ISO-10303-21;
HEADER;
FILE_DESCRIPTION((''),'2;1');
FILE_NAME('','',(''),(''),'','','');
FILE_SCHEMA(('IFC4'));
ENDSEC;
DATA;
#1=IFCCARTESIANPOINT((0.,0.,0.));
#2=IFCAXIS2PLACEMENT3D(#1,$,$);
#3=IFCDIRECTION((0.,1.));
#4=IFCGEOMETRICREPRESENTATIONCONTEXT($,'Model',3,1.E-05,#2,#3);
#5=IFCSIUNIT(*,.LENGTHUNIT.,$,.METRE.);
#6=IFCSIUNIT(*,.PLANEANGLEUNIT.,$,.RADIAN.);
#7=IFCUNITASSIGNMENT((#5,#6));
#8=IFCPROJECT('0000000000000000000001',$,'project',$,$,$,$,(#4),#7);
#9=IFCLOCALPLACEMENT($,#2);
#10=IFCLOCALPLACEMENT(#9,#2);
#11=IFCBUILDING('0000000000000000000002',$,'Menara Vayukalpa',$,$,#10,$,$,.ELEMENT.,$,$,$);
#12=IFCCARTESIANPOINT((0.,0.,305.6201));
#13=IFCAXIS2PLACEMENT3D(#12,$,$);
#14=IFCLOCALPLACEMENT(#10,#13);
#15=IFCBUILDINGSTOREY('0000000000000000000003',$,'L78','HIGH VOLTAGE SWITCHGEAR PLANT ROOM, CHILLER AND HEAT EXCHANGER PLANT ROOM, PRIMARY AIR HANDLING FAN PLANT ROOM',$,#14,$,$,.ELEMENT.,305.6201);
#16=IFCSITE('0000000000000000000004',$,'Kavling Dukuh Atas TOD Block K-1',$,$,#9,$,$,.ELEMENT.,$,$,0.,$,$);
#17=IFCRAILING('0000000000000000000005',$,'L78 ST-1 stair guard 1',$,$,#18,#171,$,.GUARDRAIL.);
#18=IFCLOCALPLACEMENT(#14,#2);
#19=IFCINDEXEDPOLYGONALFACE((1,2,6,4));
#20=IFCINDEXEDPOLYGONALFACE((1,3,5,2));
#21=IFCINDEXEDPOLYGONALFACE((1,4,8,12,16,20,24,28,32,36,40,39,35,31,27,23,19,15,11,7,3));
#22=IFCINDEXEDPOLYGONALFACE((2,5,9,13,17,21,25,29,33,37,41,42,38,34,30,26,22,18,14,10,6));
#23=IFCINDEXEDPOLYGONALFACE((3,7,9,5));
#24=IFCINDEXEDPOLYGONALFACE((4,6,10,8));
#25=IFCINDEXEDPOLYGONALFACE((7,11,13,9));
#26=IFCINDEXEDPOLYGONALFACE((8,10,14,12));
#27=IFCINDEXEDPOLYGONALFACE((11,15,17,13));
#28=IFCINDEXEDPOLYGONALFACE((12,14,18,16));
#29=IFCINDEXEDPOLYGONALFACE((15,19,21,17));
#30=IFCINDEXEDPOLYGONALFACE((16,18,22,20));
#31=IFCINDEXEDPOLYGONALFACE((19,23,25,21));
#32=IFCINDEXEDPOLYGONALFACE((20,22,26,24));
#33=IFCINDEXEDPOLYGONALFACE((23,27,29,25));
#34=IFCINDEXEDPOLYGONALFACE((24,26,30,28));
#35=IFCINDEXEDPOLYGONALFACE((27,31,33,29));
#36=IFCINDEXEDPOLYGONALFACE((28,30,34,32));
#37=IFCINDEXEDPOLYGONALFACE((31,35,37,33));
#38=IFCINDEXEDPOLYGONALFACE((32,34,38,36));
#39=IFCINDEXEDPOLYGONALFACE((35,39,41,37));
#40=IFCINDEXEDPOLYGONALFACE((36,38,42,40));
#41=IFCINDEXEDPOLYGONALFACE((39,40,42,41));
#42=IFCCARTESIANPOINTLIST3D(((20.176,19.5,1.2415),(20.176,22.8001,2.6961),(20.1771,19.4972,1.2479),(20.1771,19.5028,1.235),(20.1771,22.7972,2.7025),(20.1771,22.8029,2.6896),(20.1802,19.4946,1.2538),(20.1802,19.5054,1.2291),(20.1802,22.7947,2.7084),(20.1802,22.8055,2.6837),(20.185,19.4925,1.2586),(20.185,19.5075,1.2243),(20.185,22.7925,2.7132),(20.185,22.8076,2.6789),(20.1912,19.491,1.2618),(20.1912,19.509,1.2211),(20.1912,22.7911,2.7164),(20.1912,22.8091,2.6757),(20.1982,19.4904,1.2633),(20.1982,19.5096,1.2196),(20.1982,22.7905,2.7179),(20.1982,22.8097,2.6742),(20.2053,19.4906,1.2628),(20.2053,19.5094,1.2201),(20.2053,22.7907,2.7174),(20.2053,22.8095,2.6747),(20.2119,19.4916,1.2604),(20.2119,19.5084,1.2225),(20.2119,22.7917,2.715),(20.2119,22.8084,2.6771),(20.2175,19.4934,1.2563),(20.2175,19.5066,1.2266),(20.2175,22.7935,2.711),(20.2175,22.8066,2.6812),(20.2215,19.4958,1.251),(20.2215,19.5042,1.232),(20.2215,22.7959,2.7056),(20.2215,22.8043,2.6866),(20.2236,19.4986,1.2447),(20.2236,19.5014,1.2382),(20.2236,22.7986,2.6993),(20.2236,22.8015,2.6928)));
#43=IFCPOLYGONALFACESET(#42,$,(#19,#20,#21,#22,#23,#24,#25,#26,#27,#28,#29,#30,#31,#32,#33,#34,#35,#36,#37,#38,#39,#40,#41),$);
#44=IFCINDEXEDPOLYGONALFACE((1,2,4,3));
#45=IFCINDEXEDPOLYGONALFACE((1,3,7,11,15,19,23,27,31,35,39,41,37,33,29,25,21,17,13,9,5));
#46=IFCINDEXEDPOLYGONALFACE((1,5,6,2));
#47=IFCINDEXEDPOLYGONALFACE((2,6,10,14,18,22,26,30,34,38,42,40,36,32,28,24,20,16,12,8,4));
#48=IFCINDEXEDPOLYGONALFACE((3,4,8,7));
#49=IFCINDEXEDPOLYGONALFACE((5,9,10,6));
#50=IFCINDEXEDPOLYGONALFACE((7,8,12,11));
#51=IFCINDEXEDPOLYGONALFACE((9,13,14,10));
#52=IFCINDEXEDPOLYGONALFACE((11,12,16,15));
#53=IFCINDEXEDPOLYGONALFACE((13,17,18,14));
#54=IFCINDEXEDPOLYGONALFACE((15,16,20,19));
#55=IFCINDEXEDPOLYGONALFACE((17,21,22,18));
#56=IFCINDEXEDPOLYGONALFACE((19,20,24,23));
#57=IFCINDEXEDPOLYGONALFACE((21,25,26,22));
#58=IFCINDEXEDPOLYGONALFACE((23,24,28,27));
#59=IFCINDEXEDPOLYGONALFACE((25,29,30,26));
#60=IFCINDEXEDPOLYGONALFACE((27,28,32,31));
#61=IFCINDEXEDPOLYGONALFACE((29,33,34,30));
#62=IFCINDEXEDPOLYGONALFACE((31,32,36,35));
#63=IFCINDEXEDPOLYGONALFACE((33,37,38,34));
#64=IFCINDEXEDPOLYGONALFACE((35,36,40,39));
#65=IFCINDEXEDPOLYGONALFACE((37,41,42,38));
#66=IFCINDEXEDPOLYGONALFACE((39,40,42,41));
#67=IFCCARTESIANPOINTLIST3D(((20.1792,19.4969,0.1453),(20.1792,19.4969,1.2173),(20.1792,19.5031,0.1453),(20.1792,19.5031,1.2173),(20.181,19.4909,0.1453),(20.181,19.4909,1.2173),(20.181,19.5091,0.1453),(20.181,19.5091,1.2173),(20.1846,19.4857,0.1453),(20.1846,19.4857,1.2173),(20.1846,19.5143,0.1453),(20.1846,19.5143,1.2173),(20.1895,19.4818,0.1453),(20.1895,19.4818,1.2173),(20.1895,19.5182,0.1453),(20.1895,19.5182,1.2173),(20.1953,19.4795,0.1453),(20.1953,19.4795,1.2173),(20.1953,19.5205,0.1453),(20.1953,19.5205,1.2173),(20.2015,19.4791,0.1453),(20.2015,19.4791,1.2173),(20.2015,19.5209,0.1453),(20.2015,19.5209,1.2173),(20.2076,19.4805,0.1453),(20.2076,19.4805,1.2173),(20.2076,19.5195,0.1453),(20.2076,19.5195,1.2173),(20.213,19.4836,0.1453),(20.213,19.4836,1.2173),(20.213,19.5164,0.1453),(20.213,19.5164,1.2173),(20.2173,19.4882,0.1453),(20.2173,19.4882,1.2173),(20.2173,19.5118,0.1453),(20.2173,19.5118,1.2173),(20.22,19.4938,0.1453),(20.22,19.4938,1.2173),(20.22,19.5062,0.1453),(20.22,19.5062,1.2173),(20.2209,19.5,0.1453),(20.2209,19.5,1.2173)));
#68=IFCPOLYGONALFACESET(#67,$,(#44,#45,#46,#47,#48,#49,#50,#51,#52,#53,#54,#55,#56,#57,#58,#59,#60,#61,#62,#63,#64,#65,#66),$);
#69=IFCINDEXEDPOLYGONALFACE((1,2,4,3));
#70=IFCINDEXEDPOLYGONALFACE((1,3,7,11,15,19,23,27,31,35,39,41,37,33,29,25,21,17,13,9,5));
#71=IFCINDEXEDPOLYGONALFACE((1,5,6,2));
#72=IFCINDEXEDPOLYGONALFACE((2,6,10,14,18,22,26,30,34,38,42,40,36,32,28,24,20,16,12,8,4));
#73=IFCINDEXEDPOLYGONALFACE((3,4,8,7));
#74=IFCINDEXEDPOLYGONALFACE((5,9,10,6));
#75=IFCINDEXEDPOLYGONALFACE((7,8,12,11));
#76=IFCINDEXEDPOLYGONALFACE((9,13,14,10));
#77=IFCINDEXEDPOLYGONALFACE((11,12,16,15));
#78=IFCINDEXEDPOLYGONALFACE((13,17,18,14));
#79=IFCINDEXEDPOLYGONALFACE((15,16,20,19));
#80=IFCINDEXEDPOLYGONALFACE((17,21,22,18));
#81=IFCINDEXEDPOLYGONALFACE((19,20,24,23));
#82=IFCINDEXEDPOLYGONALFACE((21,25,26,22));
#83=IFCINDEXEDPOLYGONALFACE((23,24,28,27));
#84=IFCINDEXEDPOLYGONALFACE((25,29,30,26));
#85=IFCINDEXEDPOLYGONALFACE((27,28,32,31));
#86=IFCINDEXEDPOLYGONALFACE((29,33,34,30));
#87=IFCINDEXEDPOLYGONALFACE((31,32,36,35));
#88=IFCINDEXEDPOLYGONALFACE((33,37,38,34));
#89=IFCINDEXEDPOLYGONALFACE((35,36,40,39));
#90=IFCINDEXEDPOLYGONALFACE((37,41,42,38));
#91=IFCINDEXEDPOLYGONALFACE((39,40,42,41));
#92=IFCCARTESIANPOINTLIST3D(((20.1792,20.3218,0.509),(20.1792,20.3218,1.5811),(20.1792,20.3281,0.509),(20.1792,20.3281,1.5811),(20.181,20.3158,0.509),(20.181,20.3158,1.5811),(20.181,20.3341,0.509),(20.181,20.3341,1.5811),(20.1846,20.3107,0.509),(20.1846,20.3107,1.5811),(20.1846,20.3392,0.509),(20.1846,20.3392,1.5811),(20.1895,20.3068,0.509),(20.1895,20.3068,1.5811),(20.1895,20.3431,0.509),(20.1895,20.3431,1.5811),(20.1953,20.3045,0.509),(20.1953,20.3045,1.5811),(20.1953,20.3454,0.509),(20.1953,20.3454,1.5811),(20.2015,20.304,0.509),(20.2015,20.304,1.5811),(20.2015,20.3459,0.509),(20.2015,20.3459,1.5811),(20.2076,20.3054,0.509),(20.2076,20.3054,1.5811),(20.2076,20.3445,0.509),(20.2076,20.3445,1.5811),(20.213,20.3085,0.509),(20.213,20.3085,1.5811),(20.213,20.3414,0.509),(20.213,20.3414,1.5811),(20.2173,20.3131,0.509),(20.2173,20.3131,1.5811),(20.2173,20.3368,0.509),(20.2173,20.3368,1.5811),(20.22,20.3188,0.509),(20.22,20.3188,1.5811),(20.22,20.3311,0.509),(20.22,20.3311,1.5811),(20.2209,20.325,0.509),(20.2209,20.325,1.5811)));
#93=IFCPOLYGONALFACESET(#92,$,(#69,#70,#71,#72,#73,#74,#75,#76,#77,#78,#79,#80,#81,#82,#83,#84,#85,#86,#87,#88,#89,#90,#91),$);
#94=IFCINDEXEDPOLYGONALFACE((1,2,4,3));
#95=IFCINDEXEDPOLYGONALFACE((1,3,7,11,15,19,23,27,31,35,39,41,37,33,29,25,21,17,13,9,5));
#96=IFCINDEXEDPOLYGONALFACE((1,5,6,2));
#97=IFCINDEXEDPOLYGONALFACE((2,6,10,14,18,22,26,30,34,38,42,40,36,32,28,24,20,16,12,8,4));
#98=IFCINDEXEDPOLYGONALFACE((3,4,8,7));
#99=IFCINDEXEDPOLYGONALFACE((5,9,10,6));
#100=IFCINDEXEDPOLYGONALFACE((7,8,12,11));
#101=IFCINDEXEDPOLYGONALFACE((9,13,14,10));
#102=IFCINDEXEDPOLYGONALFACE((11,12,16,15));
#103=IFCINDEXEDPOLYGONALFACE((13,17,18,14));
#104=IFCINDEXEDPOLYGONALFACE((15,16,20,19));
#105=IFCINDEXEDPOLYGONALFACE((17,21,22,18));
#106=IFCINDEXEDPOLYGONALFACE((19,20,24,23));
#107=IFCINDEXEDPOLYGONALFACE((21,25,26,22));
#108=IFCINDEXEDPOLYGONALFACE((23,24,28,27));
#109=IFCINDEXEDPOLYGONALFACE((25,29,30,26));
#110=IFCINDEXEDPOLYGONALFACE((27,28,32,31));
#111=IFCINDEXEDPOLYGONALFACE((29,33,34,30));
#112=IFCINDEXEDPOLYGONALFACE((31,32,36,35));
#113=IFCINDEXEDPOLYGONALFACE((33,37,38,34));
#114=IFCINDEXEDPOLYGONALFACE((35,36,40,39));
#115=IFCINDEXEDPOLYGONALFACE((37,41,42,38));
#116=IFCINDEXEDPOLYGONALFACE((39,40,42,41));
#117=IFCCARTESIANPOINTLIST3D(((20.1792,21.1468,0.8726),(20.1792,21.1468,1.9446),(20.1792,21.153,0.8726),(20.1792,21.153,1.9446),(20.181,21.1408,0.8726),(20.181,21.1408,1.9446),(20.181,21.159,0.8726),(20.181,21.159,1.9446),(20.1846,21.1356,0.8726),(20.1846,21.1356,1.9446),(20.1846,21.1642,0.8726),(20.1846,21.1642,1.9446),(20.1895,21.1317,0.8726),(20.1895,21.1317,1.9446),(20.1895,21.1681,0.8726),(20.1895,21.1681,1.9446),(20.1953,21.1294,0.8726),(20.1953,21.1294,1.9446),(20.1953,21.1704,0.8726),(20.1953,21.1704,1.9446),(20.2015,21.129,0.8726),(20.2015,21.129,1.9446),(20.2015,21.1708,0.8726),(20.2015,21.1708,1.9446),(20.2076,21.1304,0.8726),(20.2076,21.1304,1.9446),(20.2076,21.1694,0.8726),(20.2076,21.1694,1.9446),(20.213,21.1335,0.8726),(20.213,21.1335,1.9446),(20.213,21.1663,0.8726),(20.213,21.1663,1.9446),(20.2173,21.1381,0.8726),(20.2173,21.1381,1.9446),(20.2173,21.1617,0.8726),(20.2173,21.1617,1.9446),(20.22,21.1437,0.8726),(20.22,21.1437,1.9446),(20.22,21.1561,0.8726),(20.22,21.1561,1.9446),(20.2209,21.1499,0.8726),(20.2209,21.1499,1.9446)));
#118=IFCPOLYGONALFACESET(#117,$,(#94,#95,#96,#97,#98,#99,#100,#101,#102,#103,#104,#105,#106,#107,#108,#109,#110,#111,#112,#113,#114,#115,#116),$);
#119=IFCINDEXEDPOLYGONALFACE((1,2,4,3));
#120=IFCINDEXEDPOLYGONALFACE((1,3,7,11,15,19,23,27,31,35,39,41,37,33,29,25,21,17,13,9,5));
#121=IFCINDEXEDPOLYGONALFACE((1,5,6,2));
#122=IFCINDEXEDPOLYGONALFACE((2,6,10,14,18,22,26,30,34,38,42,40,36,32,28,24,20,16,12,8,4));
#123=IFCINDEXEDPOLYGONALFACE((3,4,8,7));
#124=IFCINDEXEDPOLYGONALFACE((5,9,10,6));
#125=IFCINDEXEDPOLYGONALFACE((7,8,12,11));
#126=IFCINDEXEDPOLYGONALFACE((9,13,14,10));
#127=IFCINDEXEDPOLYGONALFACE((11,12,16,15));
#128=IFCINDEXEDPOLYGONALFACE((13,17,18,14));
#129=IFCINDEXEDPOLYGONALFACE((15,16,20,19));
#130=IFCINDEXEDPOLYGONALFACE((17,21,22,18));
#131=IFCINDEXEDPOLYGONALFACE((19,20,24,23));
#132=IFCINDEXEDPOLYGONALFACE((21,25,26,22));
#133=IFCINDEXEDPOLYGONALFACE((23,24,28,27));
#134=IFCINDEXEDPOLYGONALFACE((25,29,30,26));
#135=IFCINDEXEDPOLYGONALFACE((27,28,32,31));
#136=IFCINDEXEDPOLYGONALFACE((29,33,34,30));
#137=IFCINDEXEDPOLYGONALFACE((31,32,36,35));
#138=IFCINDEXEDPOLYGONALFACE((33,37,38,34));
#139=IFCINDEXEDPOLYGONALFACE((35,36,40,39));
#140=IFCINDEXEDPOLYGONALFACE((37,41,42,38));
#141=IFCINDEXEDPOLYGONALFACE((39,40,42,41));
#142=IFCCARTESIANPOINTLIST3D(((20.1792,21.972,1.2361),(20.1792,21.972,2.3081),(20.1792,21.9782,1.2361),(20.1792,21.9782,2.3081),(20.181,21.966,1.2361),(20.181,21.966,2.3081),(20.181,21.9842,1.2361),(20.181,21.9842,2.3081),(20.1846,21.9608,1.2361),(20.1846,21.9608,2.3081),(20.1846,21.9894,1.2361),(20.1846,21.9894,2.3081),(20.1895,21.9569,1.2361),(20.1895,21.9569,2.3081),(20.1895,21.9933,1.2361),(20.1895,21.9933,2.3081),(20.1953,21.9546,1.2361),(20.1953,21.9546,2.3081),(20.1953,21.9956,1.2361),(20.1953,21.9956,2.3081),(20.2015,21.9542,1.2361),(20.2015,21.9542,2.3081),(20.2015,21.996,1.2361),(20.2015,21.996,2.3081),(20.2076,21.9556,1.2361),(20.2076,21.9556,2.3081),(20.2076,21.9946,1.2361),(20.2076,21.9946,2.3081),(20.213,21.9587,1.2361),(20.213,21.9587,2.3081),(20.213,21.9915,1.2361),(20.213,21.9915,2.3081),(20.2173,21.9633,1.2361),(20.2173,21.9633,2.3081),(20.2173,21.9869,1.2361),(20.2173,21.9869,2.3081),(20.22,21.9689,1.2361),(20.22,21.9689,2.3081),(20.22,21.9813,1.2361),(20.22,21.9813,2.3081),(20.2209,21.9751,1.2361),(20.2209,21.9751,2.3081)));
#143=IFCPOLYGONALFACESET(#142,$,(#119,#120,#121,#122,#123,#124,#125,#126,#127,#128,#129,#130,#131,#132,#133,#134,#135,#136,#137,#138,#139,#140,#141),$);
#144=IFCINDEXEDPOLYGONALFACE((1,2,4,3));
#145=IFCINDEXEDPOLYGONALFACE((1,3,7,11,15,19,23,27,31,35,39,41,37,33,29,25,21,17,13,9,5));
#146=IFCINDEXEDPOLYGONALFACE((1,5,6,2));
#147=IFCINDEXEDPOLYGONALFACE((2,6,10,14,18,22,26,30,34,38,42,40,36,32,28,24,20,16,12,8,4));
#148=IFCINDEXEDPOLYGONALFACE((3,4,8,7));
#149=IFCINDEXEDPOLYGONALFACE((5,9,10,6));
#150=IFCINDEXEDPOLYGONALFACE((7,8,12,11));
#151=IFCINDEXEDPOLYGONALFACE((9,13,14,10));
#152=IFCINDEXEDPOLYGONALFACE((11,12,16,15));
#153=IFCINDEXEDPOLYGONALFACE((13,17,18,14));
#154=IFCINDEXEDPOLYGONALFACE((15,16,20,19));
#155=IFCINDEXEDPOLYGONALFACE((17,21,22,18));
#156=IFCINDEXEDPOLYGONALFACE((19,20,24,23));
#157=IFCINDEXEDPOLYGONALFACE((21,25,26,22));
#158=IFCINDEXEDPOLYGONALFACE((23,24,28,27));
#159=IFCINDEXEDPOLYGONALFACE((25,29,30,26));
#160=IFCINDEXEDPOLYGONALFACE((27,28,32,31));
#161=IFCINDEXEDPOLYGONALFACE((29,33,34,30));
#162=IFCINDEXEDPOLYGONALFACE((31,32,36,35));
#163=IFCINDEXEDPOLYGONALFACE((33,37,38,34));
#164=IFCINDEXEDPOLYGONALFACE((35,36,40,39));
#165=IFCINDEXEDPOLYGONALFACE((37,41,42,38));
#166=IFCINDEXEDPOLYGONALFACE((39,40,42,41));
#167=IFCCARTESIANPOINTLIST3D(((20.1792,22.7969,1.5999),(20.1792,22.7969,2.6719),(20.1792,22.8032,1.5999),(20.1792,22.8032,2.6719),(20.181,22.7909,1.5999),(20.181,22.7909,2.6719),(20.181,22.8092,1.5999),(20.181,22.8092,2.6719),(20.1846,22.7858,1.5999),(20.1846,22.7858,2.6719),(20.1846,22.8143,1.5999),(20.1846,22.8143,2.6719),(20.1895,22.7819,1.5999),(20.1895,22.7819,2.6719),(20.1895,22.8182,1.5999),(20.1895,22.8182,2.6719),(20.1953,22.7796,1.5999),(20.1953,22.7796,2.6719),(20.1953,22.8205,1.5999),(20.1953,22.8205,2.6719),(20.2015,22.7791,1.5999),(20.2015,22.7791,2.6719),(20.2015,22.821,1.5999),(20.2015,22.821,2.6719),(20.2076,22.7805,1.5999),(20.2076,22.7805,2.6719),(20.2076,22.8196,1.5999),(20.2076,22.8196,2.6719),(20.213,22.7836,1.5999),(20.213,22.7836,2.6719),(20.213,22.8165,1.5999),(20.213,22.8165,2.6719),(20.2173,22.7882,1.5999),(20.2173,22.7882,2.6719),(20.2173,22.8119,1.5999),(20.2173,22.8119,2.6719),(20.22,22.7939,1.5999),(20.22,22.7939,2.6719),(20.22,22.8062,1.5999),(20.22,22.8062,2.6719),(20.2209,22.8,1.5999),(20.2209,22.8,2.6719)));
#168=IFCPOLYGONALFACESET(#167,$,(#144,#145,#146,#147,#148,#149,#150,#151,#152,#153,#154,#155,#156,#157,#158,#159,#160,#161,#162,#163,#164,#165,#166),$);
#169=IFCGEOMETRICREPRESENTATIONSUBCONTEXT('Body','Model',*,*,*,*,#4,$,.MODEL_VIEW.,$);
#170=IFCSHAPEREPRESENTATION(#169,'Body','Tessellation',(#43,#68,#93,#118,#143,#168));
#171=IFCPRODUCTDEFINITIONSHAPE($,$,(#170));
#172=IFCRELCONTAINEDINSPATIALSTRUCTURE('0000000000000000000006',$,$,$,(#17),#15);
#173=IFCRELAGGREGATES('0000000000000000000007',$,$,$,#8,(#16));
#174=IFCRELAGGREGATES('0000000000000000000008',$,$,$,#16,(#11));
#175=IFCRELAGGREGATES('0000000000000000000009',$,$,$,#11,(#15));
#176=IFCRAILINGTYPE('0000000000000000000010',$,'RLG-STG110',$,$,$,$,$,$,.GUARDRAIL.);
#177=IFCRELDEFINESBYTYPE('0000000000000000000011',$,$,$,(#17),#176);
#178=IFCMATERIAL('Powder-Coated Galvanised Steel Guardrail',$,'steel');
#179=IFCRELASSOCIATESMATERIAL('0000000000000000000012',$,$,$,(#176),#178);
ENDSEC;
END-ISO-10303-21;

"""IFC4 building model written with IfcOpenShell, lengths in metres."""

from ifc_helpers import new_model, si_unit, direction, frame, origin, origin_2d, place, context, subcontext, project, spatial, circle, extrude, material, type_object, element, save


model = new_model("IFC4")

# Units and contexts
model_context = context("Model", 3, precision=1e-05, world=origin(), true_north=direction((0.0, 1.0)))
body_context = subcontext(model_context, "Body", "Model", "MODEL_VIEW")
ifc_project = project(units=[si_unit("LENGTHUNIT", "METRE"), si_unit("PLANEANGLEUNIT", "RADIAN")], contexts=[model_context])

# Site, building, storey
site_placement = place(None, origin())
site = spatial("IfcSite", under=ifc_project, at=site_placement, Name="Kavling Dukuh Atas TOD Block K-1", CompositionType="ELEMENT", RefElevation=0.0)
building_placement = place(site_placement, origin())
building = spatial("IfcBuilding", under=site, at=building_placement, Name="Menara Vayukalpa", CompositionType="ELEMENT")
storey_placement = place(building_placement, frame((0.0, 0.0, 305.6201)))
storey = spatial("IfcBuildingStorey", under=building, at=storey_placement, Name="L78", Description="HIGH VOLTAGE SWITCHGEAR PLANT ROOM, CHILLER AND HEAT EXCHANGER PLANT ROOM, PRIMARY AIR HANDLING FAN PLANT ROOM", CompositionType="ELEMENT", Elevation=305.6201)

# Railing
ifc_material_1 = material(Name="Powder-Coated Galvanised Steel Guardrail", Category="steel")
railing_type_1 = type_object("IfcRailingType", Name="RLG-STG110", PredefinedType="GUARDRAIL", material=ifc_material_1)
railing_1_placement = place(storey_placement, frame((20.2, 19.5, 0.1453)))
element("IfcRailing", 1, at=railing_1_placement, inside=storey, type_object=railing_type_1, Name="L78 ST-1 stair guard 1", PredefinedType="GUARDRAIL", context=body_context, shape_type="SweptSolid", body=[
    extrude(circle(Radius=0.0239, at=origin_2d()), frame((0.0, 0.0, 1.0962), z_axis=(0.0, 0.915052, 0.403335), x_axis=(-1.0, 0.0, 0.0)), (0.0, 0.0, 1.0), 3.6064),
    extrude(circle(Radius=0.021, at=origin_2d()), origin(), (0.0, 0.0, 1.0), 1.072),
    extrude(circle(Radius=0.021, at=origin_2d()), frame((0.0, 0.825, 0.3638)), (0.0, 0.0, 1.0), 1.072),
    extrude(circle(Radius=0.021, at=origin_2d()), frame((0.0, 1.6499, 0.7273)), (0.0, 0.0, 1.0), 1.072),
    extrude(circle(Radius=0.021, at=origin_2d()), frame((0.0, 2.4751, 1.0908)), (0.0, 0.0, 1.0), 1.072),
    extrude(circle(Radius=0.021, at=origin_2d()), frame((0.0, 3.3, 1.4546)), (0.0, 0.0, 1.0), 1.072),
])

save(model, "model.ifc")
